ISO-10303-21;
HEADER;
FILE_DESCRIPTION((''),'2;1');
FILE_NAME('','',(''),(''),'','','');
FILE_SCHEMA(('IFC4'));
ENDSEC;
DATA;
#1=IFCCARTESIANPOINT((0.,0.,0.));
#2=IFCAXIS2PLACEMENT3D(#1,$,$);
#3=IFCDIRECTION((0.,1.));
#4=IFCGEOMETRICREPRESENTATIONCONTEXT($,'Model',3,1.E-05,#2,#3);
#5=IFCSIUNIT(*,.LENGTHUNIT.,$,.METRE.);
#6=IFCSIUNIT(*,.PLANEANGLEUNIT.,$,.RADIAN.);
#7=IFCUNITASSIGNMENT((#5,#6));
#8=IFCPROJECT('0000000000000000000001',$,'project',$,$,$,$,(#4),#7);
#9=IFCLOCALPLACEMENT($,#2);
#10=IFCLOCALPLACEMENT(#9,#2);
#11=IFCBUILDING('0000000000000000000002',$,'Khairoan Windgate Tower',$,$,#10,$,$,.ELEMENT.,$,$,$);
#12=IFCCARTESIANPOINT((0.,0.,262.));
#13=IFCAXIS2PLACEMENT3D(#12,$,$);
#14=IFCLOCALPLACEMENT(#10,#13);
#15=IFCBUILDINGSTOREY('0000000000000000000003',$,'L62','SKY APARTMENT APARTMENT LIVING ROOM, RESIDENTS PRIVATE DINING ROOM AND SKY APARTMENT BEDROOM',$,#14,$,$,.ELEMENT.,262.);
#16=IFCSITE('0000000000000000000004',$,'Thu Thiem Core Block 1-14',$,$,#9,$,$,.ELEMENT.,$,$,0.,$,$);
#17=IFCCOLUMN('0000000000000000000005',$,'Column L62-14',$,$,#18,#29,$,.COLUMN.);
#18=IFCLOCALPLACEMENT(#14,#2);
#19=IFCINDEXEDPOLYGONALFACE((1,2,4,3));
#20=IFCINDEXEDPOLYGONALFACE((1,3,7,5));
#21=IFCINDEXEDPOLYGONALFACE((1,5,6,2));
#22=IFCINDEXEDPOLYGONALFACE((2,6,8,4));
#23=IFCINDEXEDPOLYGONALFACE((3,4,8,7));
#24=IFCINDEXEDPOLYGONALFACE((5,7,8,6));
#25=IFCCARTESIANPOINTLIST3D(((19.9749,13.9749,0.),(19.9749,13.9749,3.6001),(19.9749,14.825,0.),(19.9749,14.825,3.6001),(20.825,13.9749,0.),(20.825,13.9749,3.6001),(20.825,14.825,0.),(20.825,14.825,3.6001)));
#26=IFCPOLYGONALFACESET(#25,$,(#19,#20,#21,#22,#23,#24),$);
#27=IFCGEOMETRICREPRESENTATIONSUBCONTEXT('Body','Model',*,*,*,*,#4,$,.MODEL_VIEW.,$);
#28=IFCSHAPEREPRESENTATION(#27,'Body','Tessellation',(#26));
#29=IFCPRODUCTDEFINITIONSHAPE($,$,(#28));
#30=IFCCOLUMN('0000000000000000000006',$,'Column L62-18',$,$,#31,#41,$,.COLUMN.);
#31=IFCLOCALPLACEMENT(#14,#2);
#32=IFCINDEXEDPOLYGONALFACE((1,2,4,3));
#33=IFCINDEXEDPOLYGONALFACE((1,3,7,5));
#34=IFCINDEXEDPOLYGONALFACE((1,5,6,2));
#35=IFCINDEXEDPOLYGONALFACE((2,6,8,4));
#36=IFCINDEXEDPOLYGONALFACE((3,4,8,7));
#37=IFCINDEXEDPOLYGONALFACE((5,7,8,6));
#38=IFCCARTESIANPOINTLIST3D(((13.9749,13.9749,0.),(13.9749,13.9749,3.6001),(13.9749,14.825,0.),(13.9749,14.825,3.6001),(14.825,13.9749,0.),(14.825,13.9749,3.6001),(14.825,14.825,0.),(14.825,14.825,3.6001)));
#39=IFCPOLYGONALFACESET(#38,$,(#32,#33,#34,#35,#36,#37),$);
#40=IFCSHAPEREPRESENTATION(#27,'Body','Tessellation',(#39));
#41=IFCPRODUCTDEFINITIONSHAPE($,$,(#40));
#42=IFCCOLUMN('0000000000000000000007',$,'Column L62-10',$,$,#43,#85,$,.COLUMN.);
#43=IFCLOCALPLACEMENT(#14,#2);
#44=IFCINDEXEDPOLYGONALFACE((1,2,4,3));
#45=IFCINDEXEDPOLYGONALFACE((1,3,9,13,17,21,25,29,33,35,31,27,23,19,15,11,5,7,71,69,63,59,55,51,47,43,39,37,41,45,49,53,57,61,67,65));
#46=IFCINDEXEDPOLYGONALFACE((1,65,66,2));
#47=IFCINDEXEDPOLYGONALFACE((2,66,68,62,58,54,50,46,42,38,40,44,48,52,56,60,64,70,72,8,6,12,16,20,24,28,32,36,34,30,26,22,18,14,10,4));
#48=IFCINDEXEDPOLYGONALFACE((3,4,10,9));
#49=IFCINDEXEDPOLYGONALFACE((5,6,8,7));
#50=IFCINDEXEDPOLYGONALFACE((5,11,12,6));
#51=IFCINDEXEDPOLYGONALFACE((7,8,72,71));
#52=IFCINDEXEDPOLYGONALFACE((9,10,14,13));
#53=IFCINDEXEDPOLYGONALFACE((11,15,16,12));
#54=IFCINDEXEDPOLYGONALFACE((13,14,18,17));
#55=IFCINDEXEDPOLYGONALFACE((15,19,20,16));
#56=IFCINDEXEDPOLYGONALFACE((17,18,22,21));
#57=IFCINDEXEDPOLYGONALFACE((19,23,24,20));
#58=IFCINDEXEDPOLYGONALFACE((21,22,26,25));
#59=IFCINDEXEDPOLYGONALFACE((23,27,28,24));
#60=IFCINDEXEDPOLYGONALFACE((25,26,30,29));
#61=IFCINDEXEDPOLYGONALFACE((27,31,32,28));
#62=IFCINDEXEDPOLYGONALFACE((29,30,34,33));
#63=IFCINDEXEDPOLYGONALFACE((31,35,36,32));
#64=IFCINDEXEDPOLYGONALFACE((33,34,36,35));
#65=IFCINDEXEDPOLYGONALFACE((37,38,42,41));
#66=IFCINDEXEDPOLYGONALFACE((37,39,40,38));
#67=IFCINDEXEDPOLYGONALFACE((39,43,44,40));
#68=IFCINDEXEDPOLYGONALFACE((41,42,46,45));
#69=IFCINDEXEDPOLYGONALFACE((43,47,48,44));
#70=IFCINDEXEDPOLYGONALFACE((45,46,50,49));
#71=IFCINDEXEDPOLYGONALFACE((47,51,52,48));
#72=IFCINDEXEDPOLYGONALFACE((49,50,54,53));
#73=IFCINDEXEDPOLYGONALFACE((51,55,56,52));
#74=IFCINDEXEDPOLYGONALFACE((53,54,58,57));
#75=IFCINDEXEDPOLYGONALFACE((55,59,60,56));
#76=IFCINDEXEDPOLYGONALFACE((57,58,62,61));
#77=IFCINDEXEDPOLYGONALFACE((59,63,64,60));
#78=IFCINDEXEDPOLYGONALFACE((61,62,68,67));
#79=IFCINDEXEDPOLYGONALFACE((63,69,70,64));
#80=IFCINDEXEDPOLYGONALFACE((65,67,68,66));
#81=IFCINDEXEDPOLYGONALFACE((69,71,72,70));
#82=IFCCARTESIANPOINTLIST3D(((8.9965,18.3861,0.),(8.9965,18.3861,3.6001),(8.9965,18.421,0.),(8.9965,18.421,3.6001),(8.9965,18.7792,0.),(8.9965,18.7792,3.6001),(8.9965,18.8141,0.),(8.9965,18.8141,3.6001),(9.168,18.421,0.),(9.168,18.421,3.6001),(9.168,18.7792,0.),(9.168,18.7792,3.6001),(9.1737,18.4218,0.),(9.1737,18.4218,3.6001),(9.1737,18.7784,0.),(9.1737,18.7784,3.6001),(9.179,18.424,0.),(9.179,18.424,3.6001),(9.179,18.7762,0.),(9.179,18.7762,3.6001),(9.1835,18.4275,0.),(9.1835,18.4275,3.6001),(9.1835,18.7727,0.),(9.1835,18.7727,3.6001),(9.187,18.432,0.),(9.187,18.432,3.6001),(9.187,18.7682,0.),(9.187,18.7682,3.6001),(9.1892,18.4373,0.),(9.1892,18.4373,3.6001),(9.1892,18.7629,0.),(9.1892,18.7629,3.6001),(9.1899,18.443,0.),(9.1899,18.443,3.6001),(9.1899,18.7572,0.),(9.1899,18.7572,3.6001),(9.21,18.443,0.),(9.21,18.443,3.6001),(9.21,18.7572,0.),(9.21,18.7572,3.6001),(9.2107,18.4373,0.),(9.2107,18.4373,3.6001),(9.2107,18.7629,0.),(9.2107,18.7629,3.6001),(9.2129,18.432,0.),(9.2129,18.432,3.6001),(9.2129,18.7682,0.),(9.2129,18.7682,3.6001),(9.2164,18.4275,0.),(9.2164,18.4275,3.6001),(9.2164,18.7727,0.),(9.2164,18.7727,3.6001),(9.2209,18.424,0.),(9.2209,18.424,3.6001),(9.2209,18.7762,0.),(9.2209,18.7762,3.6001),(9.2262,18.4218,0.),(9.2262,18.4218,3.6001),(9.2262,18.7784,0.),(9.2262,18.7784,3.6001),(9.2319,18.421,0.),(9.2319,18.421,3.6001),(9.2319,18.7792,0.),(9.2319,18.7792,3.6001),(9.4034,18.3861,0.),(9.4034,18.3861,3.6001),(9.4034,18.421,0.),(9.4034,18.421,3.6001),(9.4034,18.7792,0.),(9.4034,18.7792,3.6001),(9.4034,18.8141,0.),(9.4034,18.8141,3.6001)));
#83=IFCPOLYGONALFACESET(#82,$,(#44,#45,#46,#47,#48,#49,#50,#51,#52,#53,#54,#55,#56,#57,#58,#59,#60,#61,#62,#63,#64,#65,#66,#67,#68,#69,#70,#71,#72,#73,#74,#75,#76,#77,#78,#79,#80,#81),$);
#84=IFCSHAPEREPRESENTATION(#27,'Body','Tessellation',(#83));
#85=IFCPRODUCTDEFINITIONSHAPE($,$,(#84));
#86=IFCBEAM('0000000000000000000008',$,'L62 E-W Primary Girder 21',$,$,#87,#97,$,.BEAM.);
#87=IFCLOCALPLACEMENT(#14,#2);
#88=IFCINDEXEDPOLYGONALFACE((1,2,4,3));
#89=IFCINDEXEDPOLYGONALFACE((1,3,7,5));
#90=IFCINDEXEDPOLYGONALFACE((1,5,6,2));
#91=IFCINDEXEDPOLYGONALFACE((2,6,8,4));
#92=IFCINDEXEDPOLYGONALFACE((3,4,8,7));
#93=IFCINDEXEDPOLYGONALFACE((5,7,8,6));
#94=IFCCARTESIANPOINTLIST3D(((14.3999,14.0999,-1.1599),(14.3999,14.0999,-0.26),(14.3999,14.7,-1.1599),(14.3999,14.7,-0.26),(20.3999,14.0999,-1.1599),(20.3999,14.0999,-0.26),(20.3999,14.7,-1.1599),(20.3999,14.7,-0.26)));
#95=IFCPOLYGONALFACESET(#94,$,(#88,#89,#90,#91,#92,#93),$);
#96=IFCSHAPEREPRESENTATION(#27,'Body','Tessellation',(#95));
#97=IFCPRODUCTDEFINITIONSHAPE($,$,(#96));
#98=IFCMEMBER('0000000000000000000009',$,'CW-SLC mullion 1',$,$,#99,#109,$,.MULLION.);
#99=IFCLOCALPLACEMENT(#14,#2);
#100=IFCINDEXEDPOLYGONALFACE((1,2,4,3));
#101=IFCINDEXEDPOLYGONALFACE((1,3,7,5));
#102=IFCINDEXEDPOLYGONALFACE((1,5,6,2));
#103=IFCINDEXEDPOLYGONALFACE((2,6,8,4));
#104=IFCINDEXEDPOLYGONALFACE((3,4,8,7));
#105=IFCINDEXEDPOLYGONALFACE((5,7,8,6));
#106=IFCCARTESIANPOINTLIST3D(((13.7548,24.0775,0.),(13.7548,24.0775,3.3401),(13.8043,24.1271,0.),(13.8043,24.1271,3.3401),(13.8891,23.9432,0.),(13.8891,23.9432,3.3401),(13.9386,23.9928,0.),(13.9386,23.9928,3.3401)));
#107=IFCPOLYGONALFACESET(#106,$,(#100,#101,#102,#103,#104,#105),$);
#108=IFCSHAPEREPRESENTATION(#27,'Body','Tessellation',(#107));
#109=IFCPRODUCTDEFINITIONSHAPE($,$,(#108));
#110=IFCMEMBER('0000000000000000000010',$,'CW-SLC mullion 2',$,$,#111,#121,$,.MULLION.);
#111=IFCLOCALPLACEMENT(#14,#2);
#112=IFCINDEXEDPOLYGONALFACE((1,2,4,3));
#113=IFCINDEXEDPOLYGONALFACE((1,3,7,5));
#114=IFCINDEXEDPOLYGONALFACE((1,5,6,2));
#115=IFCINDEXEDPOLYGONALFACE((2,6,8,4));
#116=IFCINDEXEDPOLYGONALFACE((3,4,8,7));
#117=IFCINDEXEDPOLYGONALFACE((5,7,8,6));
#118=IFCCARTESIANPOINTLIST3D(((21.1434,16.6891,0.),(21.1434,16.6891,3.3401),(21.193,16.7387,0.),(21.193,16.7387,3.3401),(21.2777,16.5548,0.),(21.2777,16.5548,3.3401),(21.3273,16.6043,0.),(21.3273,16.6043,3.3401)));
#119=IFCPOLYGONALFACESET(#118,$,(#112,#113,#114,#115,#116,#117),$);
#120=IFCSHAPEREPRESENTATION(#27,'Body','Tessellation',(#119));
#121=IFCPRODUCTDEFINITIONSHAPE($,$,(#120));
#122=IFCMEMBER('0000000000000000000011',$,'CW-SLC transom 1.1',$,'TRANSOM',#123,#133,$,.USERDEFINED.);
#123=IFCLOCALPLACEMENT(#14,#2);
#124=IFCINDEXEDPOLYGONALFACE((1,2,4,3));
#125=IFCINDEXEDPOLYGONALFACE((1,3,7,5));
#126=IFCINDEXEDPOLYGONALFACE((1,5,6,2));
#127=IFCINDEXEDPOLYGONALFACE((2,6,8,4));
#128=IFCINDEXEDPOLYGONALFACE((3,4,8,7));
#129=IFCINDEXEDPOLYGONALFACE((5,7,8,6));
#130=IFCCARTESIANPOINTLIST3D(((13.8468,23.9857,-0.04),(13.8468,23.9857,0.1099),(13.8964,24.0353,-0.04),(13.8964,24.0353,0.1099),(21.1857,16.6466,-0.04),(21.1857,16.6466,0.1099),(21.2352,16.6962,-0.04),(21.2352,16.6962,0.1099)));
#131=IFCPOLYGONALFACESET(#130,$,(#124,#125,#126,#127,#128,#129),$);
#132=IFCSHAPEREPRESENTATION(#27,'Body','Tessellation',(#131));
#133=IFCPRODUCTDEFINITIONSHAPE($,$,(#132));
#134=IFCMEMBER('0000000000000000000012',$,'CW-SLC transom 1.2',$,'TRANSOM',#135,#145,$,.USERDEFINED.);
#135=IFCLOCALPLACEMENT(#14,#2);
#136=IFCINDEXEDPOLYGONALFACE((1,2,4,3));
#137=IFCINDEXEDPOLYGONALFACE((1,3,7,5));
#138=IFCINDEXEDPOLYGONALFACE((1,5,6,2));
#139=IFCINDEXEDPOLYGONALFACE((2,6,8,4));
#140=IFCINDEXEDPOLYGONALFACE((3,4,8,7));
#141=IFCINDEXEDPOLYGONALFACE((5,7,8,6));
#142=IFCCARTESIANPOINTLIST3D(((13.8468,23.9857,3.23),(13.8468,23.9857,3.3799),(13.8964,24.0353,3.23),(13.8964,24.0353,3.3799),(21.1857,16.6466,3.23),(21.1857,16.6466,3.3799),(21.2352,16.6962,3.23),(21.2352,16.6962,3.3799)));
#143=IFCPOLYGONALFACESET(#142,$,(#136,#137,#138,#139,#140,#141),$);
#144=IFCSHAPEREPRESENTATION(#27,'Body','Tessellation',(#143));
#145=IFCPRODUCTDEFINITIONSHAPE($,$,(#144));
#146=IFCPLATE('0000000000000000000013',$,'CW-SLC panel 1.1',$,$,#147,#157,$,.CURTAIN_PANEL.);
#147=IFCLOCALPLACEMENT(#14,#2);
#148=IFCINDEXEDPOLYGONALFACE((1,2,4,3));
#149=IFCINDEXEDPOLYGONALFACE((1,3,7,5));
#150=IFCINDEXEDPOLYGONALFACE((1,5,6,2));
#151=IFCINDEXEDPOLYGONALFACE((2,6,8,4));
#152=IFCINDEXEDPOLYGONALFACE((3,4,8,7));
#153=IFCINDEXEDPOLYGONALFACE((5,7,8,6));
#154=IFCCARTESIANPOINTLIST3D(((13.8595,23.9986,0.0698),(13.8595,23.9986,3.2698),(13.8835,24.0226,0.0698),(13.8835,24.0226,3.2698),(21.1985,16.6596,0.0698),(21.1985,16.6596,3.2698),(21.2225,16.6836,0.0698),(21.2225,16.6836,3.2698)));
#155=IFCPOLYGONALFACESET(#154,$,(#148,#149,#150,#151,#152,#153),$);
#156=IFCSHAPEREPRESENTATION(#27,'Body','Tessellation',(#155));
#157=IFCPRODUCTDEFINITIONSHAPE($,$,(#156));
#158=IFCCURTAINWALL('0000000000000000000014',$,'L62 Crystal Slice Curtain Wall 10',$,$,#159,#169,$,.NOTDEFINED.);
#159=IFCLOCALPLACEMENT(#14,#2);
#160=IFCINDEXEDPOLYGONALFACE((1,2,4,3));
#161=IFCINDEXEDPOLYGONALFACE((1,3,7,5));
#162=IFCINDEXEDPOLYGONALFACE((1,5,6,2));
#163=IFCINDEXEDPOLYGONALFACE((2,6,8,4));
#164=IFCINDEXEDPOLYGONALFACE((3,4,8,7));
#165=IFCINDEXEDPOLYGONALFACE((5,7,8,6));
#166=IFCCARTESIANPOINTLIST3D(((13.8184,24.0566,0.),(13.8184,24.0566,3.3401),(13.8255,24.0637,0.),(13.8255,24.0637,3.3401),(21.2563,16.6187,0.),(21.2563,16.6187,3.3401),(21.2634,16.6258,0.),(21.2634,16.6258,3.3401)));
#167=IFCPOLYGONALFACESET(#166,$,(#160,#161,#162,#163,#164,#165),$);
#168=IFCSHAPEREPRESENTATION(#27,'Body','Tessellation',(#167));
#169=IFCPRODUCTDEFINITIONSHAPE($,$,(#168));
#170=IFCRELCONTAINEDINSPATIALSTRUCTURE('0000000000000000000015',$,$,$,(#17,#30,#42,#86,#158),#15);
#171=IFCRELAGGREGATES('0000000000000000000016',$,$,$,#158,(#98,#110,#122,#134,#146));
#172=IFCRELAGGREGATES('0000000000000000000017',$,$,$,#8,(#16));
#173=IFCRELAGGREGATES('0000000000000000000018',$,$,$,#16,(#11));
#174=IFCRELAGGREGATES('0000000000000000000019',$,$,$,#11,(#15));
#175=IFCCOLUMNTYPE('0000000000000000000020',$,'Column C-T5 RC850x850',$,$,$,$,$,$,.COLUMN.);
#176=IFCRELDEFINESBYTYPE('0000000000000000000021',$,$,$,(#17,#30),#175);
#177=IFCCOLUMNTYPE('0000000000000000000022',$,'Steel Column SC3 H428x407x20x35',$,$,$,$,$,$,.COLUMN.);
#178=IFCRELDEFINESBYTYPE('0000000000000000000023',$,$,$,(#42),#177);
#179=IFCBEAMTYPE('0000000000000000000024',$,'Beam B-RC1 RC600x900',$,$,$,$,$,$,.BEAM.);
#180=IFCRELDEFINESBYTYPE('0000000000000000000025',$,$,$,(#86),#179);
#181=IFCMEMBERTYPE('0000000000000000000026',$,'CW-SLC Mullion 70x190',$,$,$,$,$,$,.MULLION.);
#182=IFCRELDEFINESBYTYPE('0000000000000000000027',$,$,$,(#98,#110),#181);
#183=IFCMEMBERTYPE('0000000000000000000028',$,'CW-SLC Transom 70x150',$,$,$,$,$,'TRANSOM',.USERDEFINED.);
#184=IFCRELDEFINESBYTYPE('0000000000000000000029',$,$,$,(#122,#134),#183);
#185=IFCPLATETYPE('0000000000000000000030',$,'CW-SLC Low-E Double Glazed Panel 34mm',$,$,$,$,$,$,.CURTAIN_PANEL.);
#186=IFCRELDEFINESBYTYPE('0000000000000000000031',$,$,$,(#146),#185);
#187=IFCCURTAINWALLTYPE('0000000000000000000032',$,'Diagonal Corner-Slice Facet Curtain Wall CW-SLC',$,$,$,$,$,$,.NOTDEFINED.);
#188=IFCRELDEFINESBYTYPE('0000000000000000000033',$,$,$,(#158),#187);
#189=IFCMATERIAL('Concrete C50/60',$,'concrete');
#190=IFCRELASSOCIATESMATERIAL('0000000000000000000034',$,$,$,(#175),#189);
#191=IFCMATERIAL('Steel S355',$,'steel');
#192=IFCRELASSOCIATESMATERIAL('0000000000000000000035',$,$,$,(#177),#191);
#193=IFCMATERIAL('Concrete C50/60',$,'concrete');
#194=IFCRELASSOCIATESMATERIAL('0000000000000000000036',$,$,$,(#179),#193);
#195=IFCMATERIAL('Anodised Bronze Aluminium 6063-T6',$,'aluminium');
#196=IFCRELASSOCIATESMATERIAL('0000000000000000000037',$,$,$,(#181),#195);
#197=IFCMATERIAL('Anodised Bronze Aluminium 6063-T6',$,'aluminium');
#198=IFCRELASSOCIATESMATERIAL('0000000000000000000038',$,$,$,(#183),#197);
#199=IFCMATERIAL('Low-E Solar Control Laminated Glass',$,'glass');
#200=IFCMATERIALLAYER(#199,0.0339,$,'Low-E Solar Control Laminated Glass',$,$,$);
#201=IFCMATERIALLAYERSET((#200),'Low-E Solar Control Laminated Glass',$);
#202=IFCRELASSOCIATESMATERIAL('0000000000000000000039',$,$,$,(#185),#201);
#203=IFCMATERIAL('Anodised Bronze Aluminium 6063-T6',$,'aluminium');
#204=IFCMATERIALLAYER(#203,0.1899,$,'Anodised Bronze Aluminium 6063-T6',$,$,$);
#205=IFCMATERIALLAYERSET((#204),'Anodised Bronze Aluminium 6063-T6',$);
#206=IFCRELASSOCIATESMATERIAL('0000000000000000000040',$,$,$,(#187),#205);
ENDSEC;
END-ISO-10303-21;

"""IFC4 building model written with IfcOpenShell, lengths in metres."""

from ifc_helpers import new_model, si_unit, direction, frame, frame_2d, origin, origin_2d, place, context, subcontext, project, spatial, rectangle, i_section, extrude, material, layer, layer_set, material_profile, profile_set, type_object, element, aggregate, save


model = new_model("IFC4")

# Units and contexts
model_context = context("Model", 3, precision=1e-05, world=origin(), true_north=direction((0.0, 1.0)))
body_context = subcontext(model_context, "Body", "Model", "MODEL_VIEW")
ifc_project = project(units=[si_unit("LENGTHUNIT", "METRE"), si_unit("PLANEANGLEUNIT", "RADIAN")], contexts=[model_context])

# Site, building, storey
site_placement = place(None, origin())
site = spatial("IfcSite", under=ifc_project, at=site_placement, Name="Thu Thiem Core Block 1-14", CompositionType="ELEMENT", RefElevation=0.0)
building_placement = place(site_placement, origin())
building = spatial("IfcBuilding", under=site, at=building_placement, Name="Khairoan Windgate Tower", CompositionType="ELEMENT")
storey_placement = place(building_placement, frame((0.0, 0.0, 262.0)))
storey = spatial("IfcBuildingStorey", under=building, at=storey_placement, Name="L62", Description="SKY APARTMENT APARTMENT LIVING ROOM, RESIDENTS PRIVATE DINING ROOM AND SKY APARTMENT BEDROOM", CompositionType="ELEMENT", Elevation=262.0)

# Columns
ifc_material_1 = material(Name="Concrete C50/60", Category="concrete")
ifc_material_profile_1 = material_profile(ifc_material_1, rectangle(XDim=0.8501, YDim=0.8501, at=origin_2d()))
ifc_profile_set_1 = profile_set([ifc_material_profile_1], Name="Concrete C50/60")
column_type_1 = type_object("IfcColumnType", Name="Column C-T5 RC850x850", PredefinedType="COLUMN", material=ifc_profile_set_1)
for number, where, z_axis, x_axis, name in (
    (1, (20.3999, 14.3999, 0.0), (0.0, 0.0, 1.0), (1.0, 0.0, 0.0), "Column L62-14"),
    (2, (14.3999, 14.3999, 0.0), (0.0, 0.0, 1.0), (1.0, 0.0, 0.0), "Column L62-18"),
):
    element("IfcColumn", number, at=place(storey_placement, frame(where, z_axis=z_axis, x_axis=x_axis)), inside=storey, type_object=column_type_1, Name=name, PredefinedType="COLUMN", context=body_context, shape_type="SweptSolid", body=[
        extrude(rectangle(XDim=0.8501, YDim=0.8501, at=origin_2d()), origin(), (0.0, 0.0, 1.0), 3.6001),
    ])
ifc_material_2 = material(Name="Steel S355", Category="steel")
ifc_material_profile_2 = material_profile(ifc_material_2, i_section(OverallWidth=0.407, OverallDepth=0.428, WebThickness=0.02, FlangeThickness=0.0349, FilletRadius=0.022, at=origin_2d()))
ifc_profile_set_2 = profile_set([ifc_material_profile_2], Name="Steel S355")
column_type_2 = type_object("IfcColumnType", Name="Steel Column SC3 H428x407x20x35", PredefinedType="COLUMN", material=ifc_profile_set_2)
column_placement = place(storey_placement, frame((9.2, 18.6001, 0.0), z_axis=(0.0, 0.0, 1.0), x_axis=(1.0, 0.0, 0.0)))
element("IfcColumn", 3, at=column_placement, inside=storey, type_object=column_type_2, Name="Column L62-10", PredefinedType="COLUMN", context=body_context, shape_type="SweptSolid", body=[
    extrude(i_section(OverallWidth=0.407, OverallDepth=0.428, WebThickness=0.02, FlangeThickness=0.0349, FilletRadius=0.022, at=origin_2d()), origin(), (0.0, 0.0, 1.0), 3.6001),
])

# Beam
ifc_material_3 = material(Name="Concrete C50/60", Category="concrete")
ifc_material_profile_3 = material_profile(ifc_material_3, rectangle(XDim=0.6001, YDim=0.8999, at=origin_2d()))
ifc_profile_set_3 = profile_set([ifc_material_profile_3], Name="Concrete C50/60")
beam_type = type_object("IfcBeamType", Name="Beam B-RC1 RC600x900", PredefinedType="BEAM", material=ifc_profile_set_3)
beam_placement = place(storey_placement, frame((14.3999, 14.3999, -0.71), z_axis=(1.0, 0.0, 0.0), x_axis=(0.0, 1.0, 0.0)))
element("IfcBeam", 4, at=beam_placement, inside=storey, type_object=beam_type, Name="L62 E-W Primary Girder 21", PredefinedType="BEAM", context=body_context, shape_type="SweptSolid", body=[
    extrude(rectangle(XDim=0.6001, YDim=0.8999, at=origin_2d()), origin(), (0.0, 0.0, 1.0), 6.0),
])

# Members
ifc_material_4 = material(Name="Anodised Bronze Aluminium 6063-T6", Category="aluminium")
ifc_material_profile_4 = material_profile(ifc_material_4, rectangle(XDim=0.0701, YDim=0.1899, at=origin_2d()))
ifc_profile_set_4 = profile_set([ifc_material_profile_4], Name="Anodised Bronze Aluminium 6063-T6")
member_type_1 = type_object("IfcMemberType", Name="CW-SLC Mullion 70x190", PredefinedType="MULLION", material=ifc_profile_set_4)
member_1_placement = place(storey_placement, frame((13.8467, 24.0352, 0.0), z_axis=(0.0, 0.0, 1.0), x_axis=(0.707107, 0.707107, 0.0)))
member_1 = element("IfcMember", 5, at=member_1_placement, type_object=member_type_1, Name="CW-SLC mullion 1", PredefinedType="MULLION", context=body_context, shape_type="SweptSolid", body=[
    extrude(rectangle(XDim=0.0701, YDim=0.1899, at=origin_2d()), origin(), (0.0, 0.0, 1.0), 3.3401),
])
member_2_placement = place(storey_placement, frame((21.2354, 16.6467, 0.0), z_axis=(0.0, 0.0, 1.0), x_axis=(0.707107, 0.707107, 0.0)))
member_2 = element("IfcMember", 6, at=member_2_placement, type_object=member_type_1, Name="CW-SLC mullion 2", PredefinedType="MULLION", context=body_context, shape_type="SweptSolid", body=[
    extrude(rectangle(XDim=0.0701, YDim=0.1899, at=origin_2d()), origin(), (0.0, 0.0, 1.0), 3.3401),
])
ifc_material_5 = material(Name="Anodised Bronze Aluminium 6063-T6", Category="aluminium")
ifc_material_profile_5 = material_profile(ifc_material_5, rectangle(XDim=0.0701, YDim=0.1499, at=origin_2d()))
ifc_profile_set_5 = profile_set([ifc_material_profile_5], Name="Anodised Bronze Aluminium 6063-T6")
member_type_2 = type_object("IfcMemberType", Name="CW-SLC Transom 70x150", ElementType="TRANSOM", PredefinedType="USERDEFINED", material=ifc_profile_set_5)
member_3_placement = place(storey_placement, frame((13.8716, 24.0105, 0.0349), z_axis=(0.707095, -0.707119, 0.0), x_axis=(0.707119, 0.707095, 0.0)))
member_3 = element("IfcMember", 7, at=member_3_placement, type_object=member_type_2, Name="CW-SLC transom 1.1", ObjectType="TRANSOM", PredefinedType="USERDEFINED", context=body_context, shape_type="SweptSolid", body=[
    extrude(rectangle(XDim=0.0701, YDim=0.1499, at=origin_2d()), origin(), (0.0, 0.0, 1.0), 10.3789),
])
member_4_placement = place(storey_placement, frame((13.8716, 24.0105, 3.3049), z_axis=(0.707095, -0.707119, 0.0), x_axis=(0.707119, 0.707095, 0.0)))
member_4 = element("IfcMember", 8, at=member_4_placement, type_object=member_type_2, Name="CW-SLC transom 1.2", ObjectType="TRANSOM", PredefinedType="USERDEFINED", context=body_context, shape_type="SweptSolid", body=[
    extrude(rectangle(XDim=0.0701, YDim=0.1499, at=origin_2d()), origin(), (0.0, 0.0, 1.0), 10.3789),
])

# Plate
ifc_material_6 = material(Name="Low-E Solar Control Laminated Glass", Category="glass")
ifc_layer_1 = layer(ifc_material_6, 0.0339, Name="Low-E Solar Control Laminated Glass")
ifc_layer_set_1 = layer_set([ifc_layer_1], Name="Low-E Solar Control Laminated Glass")
plate_type_1 = type_object("IfcPlateType", Name="CW-SLC Low-E Double Glazed Panel 34mm", PredefinedType="CURTAIN_PANEL", material=ifc_layer_set_1)
plate_1_placement = place(storey_placement, frame((17.541, 20.3411, 0.0698), z_axis=(0.0, 0.0, 1.0), x_axis=(0.707107, -0.707107, 0.0)))
plate_1 = element("IfcPlate", 9, at=plate_1_placement, type_object=plate_type_1, Name="CW-SLC panel 1.1", PredefinedType="CURTAIN_PANEL", context=body_context, shape_type="SweptSolid", body=[
    extrude(rectangle(XDim=10.3789, YDim=0.0339, at=origin_2d()), origin(), (0.0, 0.0, 1.0), 3.2),
])

# Curtain wall
ifc_material_7 = material(Name="Anodised Bronze Aluminium 6063-T6", Category="aluminium")
ifc_layer_2 = layer(ifc_material_7, 0.1899, Name="Anodised Bronze Aluminium 6063-T6")
ifc_layer_set_2 = layer_set([ifc_layer_2], Name="Anodised Bronze Aluminium 6063-T6")
curtain_wall_type_1 = type_object("IfcCurtainWallType", Name="Diagonal Corner-Slice Facet Curtain Wall CW-SLC", PredefinedType="NOTDEFINED", material=ifc_layer_set_2)
curtain_wall_1_placement = place(storey_placement, frame((13.822, 24.0601, 0.0), z_axis=(0.0, 0.0, 1.0), x_axis=(0.707107, -0.707107, 0.0)))
curtain_wall_1 = element("IfcCurtainWall", 10, at=curtain_wall_1_placement, inside=storey, type_object=curtain_wall_type_1, Name="L62 Crystal Slice Curtain Wall 10", PredefinedType="NOTDEFINED", context=body_context, shape_type="SweptSolid", body=[
    extrude(rectangle(XDim=10.5188, YDim=0.01, at=frame_2d((5.2593, 0.0))), origin(), (0.0, 0.0, 1.0), 3.3401),
])
aggregate(curtain_wall_1, [member_1, member_2, member_3, member_4, plate_1])

save(model, "model.ifc")
